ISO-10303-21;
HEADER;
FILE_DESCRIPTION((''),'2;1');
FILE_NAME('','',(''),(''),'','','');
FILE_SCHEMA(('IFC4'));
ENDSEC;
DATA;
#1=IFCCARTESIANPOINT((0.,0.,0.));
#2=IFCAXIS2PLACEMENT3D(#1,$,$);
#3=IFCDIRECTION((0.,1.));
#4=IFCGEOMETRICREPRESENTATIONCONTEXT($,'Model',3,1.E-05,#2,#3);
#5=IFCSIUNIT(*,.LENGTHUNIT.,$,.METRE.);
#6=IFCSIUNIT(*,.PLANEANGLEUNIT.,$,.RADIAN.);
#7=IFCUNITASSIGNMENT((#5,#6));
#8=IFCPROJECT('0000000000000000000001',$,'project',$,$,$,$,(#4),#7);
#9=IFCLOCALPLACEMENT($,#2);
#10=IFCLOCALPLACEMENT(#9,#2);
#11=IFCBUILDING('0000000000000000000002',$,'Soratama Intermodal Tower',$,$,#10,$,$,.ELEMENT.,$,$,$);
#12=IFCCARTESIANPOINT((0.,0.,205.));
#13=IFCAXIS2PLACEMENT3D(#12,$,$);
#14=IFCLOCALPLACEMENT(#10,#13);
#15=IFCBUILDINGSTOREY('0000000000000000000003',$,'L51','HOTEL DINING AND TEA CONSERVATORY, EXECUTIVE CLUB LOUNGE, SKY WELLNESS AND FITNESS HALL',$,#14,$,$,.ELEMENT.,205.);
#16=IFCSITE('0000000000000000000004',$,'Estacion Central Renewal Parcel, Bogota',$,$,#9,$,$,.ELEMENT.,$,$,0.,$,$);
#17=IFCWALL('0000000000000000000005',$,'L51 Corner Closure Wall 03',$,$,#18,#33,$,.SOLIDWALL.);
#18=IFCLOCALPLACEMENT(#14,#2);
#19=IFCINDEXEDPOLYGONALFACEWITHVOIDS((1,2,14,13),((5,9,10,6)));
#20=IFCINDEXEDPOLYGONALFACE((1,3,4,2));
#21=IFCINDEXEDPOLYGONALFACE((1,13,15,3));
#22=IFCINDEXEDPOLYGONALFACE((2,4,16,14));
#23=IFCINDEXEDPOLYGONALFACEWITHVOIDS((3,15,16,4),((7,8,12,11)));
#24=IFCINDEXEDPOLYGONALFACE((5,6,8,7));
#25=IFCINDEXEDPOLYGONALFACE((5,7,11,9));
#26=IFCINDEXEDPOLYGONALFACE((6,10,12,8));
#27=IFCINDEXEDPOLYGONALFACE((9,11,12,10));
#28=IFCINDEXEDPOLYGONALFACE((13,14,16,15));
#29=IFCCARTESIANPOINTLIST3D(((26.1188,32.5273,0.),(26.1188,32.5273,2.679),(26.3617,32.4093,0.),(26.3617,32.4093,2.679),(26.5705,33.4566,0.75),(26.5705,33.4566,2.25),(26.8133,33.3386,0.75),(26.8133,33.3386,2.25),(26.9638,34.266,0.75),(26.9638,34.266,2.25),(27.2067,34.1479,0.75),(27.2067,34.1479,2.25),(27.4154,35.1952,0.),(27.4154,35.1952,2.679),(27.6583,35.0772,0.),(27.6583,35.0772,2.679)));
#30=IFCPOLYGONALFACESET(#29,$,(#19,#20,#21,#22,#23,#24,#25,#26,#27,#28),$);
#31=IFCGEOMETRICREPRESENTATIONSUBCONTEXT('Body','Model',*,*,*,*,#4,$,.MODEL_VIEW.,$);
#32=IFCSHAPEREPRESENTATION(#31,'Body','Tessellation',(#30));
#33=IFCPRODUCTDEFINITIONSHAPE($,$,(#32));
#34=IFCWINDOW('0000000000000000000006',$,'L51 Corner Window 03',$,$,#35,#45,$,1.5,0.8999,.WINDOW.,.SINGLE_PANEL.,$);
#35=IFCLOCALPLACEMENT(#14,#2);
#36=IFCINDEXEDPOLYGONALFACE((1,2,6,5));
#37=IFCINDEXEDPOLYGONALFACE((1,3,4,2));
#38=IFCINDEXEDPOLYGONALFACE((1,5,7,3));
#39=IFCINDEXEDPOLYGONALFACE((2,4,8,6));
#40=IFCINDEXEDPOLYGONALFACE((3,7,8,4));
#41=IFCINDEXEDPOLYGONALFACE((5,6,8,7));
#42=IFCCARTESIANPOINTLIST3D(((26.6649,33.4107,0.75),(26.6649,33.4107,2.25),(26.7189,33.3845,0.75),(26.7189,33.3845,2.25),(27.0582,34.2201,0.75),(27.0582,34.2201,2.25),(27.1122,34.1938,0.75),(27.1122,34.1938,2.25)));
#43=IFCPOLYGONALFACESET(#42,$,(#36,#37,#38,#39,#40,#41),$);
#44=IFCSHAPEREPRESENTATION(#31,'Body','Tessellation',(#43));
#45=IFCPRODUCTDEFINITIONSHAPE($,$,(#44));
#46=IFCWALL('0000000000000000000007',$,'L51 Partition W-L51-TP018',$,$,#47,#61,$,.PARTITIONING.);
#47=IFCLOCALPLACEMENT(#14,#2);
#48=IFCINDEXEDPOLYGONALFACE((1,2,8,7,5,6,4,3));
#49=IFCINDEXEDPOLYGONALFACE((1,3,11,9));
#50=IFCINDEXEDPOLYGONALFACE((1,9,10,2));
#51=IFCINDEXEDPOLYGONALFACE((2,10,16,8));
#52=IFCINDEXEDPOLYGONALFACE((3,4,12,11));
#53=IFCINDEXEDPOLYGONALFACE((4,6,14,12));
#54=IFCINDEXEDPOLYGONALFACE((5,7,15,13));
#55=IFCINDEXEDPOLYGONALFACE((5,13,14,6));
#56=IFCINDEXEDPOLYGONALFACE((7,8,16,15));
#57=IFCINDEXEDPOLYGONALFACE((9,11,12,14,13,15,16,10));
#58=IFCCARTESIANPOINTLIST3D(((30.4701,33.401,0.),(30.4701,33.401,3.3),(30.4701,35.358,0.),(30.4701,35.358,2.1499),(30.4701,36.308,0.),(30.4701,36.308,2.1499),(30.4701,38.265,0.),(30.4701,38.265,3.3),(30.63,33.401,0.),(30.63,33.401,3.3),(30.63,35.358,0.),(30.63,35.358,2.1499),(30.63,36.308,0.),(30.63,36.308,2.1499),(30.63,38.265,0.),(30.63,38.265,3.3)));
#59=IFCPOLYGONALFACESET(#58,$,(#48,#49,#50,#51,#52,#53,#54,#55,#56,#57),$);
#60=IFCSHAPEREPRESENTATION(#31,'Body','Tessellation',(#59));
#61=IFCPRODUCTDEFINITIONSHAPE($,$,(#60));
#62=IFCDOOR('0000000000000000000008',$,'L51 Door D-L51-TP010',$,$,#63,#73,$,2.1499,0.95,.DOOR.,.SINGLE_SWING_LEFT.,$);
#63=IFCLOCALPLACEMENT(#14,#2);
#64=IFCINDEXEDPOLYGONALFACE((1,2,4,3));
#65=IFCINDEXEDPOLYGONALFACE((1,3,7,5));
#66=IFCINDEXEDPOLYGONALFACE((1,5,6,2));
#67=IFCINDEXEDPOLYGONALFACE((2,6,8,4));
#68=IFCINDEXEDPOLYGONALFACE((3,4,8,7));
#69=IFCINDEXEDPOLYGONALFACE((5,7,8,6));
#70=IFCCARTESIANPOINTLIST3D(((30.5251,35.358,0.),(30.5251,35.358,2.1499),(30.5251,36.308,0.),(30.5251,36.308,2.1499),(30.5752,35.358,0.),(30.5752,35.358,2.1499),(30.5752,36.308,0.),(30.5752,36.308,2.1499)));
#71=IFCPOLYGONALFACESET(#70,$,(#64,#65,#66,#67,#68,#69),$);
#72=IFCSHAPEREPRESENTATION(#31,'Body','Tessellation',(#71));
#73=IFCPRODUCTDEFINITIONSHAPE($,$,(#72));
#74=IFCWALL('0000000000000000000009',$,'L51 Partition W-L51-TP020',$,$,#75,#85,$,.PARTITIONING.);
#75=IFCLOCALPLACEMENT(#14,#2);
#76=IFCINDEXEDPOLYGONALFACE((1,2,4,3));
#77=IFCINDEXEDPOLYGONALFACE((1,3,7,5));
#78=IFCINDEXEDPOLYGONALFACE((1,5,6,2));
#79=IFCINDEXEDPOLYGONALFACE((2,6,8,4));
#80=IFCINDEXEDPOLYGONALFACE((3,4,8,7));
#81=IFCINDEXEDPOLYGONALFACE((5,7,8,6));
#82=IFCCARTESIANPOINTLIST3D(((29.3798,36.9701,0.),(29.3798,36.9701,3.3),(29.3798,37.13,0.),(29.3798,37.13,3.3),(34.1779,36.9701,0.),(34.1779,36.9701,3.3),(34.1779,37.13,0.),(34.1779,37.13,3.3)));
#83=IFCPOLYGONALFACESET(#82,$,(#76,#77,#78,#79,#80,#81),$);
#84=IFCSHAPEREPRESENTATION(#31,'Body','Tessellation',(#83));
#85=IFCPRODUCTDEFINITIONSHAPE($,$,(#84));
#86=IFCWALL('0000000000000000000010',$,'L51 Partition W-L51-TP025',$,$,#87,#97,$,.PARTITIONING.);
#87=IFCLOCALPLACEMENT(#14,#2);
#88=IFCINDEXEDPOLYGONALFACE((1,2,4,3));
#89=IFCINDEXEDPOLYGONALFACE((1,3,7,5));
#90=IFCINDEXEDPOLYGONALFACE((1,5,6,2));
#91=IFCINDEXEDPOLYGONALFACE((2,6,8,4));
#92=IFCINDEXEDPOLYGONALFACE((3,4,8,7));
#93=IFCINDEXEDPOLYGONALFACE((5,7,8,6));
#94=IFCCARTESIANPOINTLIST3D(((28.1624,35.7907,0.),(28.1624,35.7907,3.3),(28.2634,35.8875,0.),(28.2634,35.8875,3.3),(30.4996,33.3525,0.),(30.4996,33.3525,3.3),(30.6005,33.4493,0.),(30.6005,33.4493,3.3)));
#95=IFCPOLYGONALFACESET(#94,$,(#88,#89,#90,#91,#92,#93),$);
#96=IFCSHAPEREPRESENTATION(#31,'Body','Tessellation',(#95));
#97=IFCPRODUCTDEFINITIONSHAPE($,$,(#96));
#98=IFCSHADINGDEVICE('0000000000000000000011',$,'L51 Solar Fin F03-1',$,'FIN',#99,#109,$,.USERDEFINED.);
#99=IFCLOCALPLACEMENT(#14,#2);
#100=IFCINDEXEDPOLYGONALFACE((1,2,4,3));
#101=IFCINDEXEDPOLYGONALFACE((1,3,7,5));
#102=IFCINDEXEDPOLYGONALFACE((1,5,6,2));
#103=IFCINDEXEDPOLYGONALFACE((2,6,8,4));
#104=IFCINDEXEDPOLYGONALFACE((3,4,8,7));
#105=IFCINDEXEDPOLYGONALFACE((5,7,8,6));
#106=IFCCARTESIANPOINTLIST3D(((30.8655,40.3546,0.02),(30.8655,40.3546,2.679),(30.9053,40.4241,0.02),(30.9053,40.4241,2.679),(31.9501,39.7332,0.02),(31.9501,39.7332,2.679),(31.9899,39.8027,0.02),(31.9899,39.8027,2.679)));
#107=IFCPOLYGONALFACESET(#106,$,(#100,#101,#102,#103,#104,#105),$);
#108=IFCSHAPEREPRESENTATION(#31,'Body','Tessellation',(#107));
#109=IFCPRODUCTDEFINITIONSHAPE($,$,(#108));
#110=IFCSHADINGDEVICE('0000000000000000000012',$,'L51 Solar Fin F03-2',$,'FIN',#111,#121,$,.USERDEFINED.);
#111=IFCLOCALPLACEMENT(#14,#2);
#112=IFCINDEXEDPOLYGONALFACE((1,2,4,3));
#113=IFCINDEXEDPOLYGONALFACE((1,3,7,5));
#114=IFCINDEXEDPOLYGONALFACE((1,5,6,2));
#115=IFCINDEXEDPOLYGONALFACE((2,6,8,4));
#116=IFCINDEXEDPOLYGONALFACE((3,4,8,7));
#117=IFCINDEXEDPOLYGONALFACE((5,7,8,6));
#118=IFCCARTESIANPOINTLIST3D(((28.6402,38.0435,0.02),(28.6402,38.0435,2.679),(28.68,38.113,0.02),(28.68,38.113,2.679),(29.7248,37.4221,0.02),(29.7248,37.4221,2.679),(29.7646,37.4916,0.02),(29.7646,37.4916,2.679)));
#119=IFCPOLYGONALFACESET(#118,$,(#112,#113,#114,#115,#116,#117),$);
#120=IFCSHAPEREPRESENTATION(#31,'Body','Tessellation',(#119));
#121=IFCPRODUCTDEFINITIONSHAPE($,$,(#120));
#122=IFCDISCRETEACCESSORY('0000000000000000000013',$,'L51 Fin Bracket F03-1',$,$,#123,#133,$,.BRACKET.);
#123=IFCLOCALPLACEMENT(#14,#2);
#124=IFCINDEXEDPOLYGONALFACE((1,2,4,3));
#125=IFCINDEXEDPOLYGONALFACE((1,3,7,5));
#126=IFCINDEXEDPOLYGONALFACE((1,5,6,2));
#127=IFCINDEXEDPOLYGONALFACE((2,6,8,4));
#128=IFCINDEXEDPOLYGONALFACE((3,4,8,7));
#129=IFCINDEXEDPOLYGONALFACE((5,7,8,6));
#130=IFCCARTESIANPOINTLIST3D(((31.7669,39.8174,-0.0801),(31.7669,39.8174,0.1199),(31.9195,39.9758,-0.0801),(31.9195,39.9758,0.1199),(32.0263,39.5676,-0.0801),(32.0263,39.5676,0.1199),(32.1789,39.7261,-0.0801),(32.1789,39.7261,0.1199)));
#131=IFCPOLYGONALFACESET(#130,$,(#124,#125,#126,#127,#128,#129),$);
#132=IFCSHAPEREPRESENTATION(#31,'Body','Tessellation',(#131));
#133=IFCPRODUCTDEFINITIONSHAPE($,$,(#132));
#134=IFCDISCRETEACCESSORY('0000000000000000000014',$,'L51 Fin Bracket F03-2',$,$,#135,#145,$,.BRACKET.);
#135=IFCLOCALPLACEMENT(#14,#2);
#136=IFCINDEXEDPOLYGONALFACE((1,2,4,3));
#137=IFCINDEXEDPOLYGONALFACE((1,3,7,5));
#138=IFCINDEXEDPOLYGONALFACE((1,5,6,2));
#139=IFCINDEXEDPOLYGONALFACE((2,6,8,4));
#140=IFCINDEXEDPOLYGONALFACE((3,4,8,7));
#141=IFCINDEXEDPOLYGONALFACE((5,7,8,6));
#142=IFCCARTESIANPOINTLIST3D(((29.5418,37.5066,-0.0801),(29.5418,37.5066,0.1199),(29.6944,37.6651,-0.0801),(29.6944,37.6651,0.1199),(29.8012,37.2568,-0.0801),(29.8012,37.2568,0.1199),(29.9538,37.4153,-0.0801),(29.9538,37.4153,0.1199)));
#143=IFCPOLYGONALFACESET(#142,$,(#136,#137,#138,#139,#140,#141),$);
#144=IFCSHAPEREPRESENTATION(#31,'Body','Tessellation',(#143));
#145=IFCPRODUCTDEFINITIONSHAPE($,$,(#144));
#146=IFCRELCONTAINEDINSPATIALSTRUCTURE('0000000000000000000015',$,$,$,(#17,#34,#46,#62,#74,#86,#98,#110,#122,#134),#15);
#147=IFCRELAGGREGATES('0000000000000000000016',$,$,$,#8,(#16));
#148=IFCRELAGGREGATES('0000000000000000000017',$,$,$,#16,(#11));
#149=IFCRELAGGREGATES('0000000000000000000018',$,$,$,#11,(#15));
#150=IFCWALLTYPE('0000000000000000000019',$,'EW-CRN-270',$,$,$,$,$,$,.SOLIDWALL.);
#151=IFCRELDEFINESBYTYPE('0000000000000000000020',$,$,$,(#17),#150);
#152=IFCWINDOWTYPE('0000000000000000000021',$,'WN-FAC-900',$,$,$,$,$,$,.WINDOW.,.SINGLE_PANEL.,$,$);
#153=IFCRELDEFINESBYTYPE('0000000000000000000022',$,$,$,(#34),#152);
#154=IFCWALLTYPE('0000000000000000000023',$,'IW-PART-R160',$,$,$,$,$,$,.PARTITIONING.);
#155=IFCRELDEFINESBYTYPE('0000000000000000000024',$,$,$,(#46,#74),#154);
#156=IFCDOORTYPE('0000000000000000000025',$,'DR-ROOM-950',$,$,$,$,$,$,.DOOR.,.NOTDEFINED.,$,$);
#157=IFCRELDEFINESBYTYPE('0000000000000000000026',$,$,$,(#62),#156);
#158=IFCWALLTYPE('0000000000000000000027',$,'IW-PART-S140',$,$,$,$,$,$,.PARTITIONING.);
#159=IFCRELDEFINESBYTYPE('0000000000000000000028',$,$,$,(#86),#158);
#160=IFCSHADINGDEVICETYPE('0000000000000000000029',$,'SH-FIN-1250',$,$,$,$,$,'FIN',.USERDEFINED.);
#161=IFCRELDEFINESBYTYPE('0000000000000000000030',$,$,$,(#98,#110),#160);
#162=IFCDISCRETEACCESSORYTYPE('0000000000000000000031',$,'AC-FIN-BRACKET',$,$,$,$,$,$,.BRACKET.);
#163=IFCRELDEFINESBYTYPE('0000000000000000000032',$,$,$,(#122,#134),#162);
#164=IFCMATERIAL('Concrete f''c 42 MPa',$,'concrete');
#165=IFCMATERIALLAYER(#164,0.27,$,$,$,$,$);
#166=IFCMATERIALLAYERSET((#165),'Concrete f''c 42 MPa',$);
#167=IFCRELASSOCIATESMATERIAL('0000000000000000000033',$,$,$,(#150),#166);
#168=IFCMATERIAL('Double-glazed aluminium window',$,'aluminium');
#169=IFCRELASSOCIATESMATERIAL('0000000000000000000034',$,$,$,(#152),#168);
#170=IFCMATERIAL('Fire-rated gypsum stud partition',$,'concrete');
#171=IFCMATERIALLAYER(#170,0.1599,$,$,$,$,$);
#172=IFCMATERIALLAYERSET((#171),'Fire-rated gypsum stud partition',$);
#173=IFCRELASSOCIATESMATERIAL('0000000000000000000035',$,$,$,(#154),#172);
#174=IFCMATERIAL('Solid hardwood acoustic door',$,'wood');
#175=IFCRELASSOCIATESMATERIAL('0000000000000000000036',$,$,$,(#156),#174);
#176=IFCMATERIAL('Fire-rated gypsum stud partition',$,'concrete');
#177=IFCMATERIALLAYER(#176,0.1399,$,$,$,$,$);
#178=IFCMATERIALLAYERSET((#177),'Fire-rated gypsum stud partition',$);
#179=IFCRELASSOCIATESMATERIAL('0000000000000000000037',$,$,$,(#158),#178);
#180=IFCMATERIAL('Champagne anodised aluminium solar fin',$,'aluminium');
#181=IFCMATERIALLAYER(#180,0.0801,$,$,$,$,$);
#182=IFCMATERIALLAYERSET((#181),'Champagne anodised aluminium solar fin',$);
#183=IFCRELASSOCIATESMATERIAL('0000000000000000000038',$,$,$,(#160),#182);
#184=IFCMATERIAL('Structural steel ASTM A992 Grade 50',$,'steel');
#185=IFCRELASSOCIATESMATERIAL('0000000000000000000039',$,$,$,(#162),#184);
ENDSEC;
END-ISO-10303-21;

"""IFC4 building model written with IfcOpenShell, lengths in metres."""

from ifc_helpers import new_model, si_unit, direction, frame, frame_2d, origin, origin_2d, place, context, subcontext, project, spatial, rectangle, extrude, material, layer, layer_set, type_object, element, fill, save


model = new_model("IFC4")

# Units and contexts
model_context = context("Model", 3, precision=1e-05, world=origin(), true_north=direction((0.0, 1.0)))
body_context = subcontext(model_context, "Body", "Model", "MODEL_VIEW")
ifc_project = project(units=[si_unit("LENGTHUNIT", "METRE"), si_unit("PLANEANGLEUNIT", "RADIAN")], contexts=[model_context])

# Site, building, storey
site_placement = place(None, origin())
site = spatial("IfcSite", under=ifc_project, at=site_placement, Name="Estacion Central Renewal Parcel, Bogota", CompositionType="ELEMENT", RefElevation=0.0)
building_placement = place(site_placement, origin())
building = spatial("IfcBuilding", under=site, at=building_placement, Name="Soratama Intermodal Tower", CompositionType="ELEMENT")
storey_placement = place(building_placement, frame((0.0, 0.0, 205.0)))
storey = spatial("IfcBuildingStorey", under=building, at=storey_placement, Name="L51", Description="HOTEL DINING AND TEA CONSERVATORY, EXECUTIVE CLUB LOUNGE, SKY WELLNESS AND FITNESS HALL", CompositionType="ELEMENT", Elevation=205.0)

# Wall, opening, window
ifc_material_1 = material(Name="Concrete f'c 42 MPa", Category="concrete")
ifc_layer_1 = layer(ifc_material_1, 0.27)
ifc_layer_set_1 = layer_set([ifc_layer_1], Name="Concrete f'c 42 MPa")
wall_type_1 = type_object("IfcWallType", Name="EW-CRN-270", PredefinedType="SOLIDWALL", material=ifc_layer_set_1)
wall_1_placement = place(storey_placement, frame((27.5369, 35.1362, 0.0), z_axis=(0.0, 0.0, 1.0), x_axis=(-0.437111, -0.899407, 0.0)))
wall_1 = element("IfcWall", 1, at=wall_1_placement, inside=storey, type_object=wall_type_1, Name="L51 Corner Closure Wall 03", PredefinedType="SOLIDWALL", context=body_context, shape_type="SweptSolid", body=[
    extrude(rectangle(XDim=2.9663, YDim=0.27, at=frame_2d((1.4832, 0.0))), origin(), (0.0, 0.0, 1.0), 2.679),
])
opening_1_placement = place(wall_1_placement, frame((1.0332, 0.0, 0.75)))
opening_1 = element("IfcOpeningElement", 2, at=opening_1_placement, cuts=wall_1, PredefinedType="OPENING", context=body_context, shape_type="SweptSolid", body=[
    extrude(rectangle(XDim=0.8999, YDim=1.5, at=frame_2d((0.45, 0.75))), frame((0.0, 0.145, 0.0), z_axis=(0.0, -1.0, 0.0), x_axis=(1.0, 0.0, 0.0)), (0.0, 0.0, 1.0), 0.29),
])
ifc_material_2 = material(Name="Double-glazed aluminium window", Category="aluminium")
window_type = type_object("IfcWindowType", Name="WN-FAC-900", PartitioningType="SINGLE_PANEL", PredefinedType="WINDOW", material=ifc_material_2)
window_placement = place(opening_1_placement, origin())
window = element("IfcWindow", 3, at=window_placement, inside=storey, type_object=window_type, Name="L51 Corner Window 03", OverallHeight=1.5, OverallWidth=0.8999, PartitioningType="SINGLE_PANEL", PredefinedType="WINDOW", context=body_context, shape_type="SweptSolid", body=[
    extrude(rectangle(XDim=0.8999, YDim=1.5, at=frame_2d((0.45, 0.75))), frame((0.0, 0.03, 0.0), z_axis=(0.0, -1.0, 0.0), x_axis=(1.0, 0.0, 0.0)), (0.0, 0.0, 1.0), 0.0601),
])
fill(opening_1, window)

# Wall, opening, door
ifc_material_3 = material(Name="Fire-rated gypsum stud partition", Category="concrete")
ifc_layer_2 = layer(ifc_material_3, 0.1599)
ifc_layer_set_2 = layer_set([ifc_layer_2], Name="Fire-rated gypsum stud partition")
wall_type_2 = type_object("IfcWallType", Name="IW-PART-R160", PredefinedType="PARTITIONING", material=ifc_layer_set_2)
wall_2_placement = place(storey_placement, frame((30.55, 33.4009, 0.0), z_axis=(0.0, 0.0, 1.0), x_axis=(0.0, 1.0, 0.0)))
wall_2 = element("IfcWall", 4, at=wall_2_placement, inside=storey, type_object=wall_type_2, Name="L51 Partition W-L51-TP018", PredefinedType="PARTITIONING", context=body_context, shape_type="SweptSolid", body=[
    extrude(rectangle(XDim=4.864, YDim=0.1599, at=frame_2d((2.4321, 0.0))), origin(), (0.0, 0.0, 1.0), 3.3),
])
opening_2_placement = place(wall_2_placement, frame((1.957, 0.0, 0.0)))
opening_2 = element("IfcOpeningElement", 5, at=opening_2_placement, cuts=wall_2, PredefinedType="OPENING", context=body_context, shape_type="SweptSolid", body=[
    extrude(rectangle(XDim=0.95, YDim=2.1499, at=frame_2d((0.4751, 1.075))), frame((0.0, 0.0898, 0.0), z_axis=(0.0, -1.0, 0.0), x_axis=(1.0, 0.0, 0.0)), (0.0, 0.0, 1.0), 0.1799),
])
ifc_material_4 = material(Name="Solid hardwood acoustic door", Category="wood")
door_type = type_object("IfcDoorType", Name="DR-ROOM-950", OperationType="NOTDEFINED", PredefinedType="DOOR", material=ifc_material_4)
door_placement = place(opening_2_placement, origin())
door = element("IfcDoor", 6, at=door_placement, inside=storey, type_object=door_type, Name="L51 Door D-L51-TP010", OperationType="SINGLE_SWING_LEFT", OverallHeight=2.1499, OverallWidth=0.95, PredefinedType="DOOR", context=body_context, shape_type="SweptSolid", body=[
    extrude(rectangle(XDim=0.95, YDim=2.1499, at=frame_2d((0.4751, 1.075))), frame((0.0, 0.0249, 0.0), z_axis=(0.0, -1.0, 0.0), x_axis=(1.0, 0.0, 0.0)), (0.0, 0.0, 1.0), 0.05),
])
fill(opening_2, door)

# Walls
wall_3_placement = place(storey_placement, frame((29.3799, 37.05, 0.0), z_axis=(0.0, 0.0, 1.0), x_axis=(1.0, 0.0, 0.0)))
element("IfcWall", 7, at=wall_3_placement, inside=storey, type_object=wall_type_2, Name="L51 Partition W-L51-TP020", PredefinedType="PARTITIONING", context=body_context, shape_type="SweptSolid", body=[
    extrude(rectangle(XDim=4.7981, YDim=0.1599, at=frame_2d((2.3989, 0.0))), origin(), (0.0, 0.0, 1.0), 3.3),
])
ifc_material_5 = material(Name="Fire-rated gypsum stud partition", Category="concrete")
ifc_layer_3 = layer(ifc_material_5, 0.1399)
ifc_layer_set_3 = layer_set([ifc_layer_3], Name="Fire-rated gypsum stud partition")
wall_type_3 = type_object("IfcWallType", Name="IW-PART-S140", PredefinedType="PARTITIONING", material=ifc_layer_set_3)
wall_4_placement = place(storey_placement, frame((30.55, 33.4009, 0.0), z_axis=(0.0, 0.0, 1.0), x_axis=(-0.691985, 0.721911, 0.0)))
element("IfcWall", 8, at=wall_4_placement, inside=storey, type_object=wall_type_3, Name="L51 Partition W-L51-TP025", PredefinedType="PARTITIONING", context=body_context, shape_type="SweptSolid", body=[
    extrude(rectangle(XDim=3.3774, YDim=0.1399, at=frame_2d((1.6887, 0.0))), origin(), (0.0, 0.0, 1.0), 3.3),
])

# Shading devices
ifc_material_6 = material(Name="Champagne anodised aluminium solar fin", Category="aluminium")
ifc_layer_4 = layer(ifc_material_6, 0.0801)
ifc_layer_set_4 = layer_set([ifc_layer_4], Name="Champagne anodised aluminium solar fin")
shading_device_type = type_object("IfcShadingDeviceType", Name="SH-FIN-1250", ElementType="FIN", PredefinedType="USERDEFINED", material=ifc_layer_set_4)
for number, where, z_axis, x_axis, name in (
    (9, (31.4277, 40.0786, 0.02), (0.0, 0.0, 1.0), (-0.867679, 0.497125, 0.0), "L51 Solar Fin F03-1"),
    (10, (29.2024, 37.7676, 0.02), (0.0, 0.0, 1.0), (-0.867679, 0.497125, 0.0), "L51 Solar Fin F03-2"),
):
    element("IfcShadingDevice", number, at=place(storey_placement, frame(where, z_axis=z_axis, x_axis=x_axis)), inside=storey, type_object=shading_device_type, Name=name, ObjectType="FIN", PredefinedType="USERDEFINED", context=body_context, shape_type="SweptSolid", body=[
        extrude(rectangle(XDim=1.25, YDim=0.0801, at=origin_2d()), origin(), (0.0, 0.0, 1.0), 2.6589),
    ])

# Discrete accessories
ifc_material_7 = material(Name="Structural steel ASTM A992 Grade 50", Category="steel")
discrete_accessory_type = type_object("IfcDiscreteAccessoryType", Name="AC-FIN-BRACKET", PredefinedType="BRACKET", material=ifc_material_7)
for number, where, z_axis, x_axis, name in (
    (11, (31.9729, 39.7717, -0.0801), (0.0, 0.0, 1.0), (-0.720309, 0.693653, 0.0), "L51 Fin Bracket F03-1"),
    (12, (29.7478, 37.4609, -0.0801), (0.0, 0.0, 1.0), (-0.720309, 0.693653, 0.0), "L51 Fin Bracket F03-2"),
):
    element("IfcDiscreteAccessory", number, at=place(storey_placement, frame(where, z_axis=z_axis, x_axis=x_axis)), inside=storey, type_object=discrete_accessory_type, Name=name, PredefinedType="BRACKET", context=body_context, shape_type="SweptSolid", body=[
        extrude(rectangle(XDim=0.3601, YDim=0.22, at=origin_2d()), origin(), (0.0, 0.0, 1.0), 0.2),
    ])

save(model, "model.ifc")
